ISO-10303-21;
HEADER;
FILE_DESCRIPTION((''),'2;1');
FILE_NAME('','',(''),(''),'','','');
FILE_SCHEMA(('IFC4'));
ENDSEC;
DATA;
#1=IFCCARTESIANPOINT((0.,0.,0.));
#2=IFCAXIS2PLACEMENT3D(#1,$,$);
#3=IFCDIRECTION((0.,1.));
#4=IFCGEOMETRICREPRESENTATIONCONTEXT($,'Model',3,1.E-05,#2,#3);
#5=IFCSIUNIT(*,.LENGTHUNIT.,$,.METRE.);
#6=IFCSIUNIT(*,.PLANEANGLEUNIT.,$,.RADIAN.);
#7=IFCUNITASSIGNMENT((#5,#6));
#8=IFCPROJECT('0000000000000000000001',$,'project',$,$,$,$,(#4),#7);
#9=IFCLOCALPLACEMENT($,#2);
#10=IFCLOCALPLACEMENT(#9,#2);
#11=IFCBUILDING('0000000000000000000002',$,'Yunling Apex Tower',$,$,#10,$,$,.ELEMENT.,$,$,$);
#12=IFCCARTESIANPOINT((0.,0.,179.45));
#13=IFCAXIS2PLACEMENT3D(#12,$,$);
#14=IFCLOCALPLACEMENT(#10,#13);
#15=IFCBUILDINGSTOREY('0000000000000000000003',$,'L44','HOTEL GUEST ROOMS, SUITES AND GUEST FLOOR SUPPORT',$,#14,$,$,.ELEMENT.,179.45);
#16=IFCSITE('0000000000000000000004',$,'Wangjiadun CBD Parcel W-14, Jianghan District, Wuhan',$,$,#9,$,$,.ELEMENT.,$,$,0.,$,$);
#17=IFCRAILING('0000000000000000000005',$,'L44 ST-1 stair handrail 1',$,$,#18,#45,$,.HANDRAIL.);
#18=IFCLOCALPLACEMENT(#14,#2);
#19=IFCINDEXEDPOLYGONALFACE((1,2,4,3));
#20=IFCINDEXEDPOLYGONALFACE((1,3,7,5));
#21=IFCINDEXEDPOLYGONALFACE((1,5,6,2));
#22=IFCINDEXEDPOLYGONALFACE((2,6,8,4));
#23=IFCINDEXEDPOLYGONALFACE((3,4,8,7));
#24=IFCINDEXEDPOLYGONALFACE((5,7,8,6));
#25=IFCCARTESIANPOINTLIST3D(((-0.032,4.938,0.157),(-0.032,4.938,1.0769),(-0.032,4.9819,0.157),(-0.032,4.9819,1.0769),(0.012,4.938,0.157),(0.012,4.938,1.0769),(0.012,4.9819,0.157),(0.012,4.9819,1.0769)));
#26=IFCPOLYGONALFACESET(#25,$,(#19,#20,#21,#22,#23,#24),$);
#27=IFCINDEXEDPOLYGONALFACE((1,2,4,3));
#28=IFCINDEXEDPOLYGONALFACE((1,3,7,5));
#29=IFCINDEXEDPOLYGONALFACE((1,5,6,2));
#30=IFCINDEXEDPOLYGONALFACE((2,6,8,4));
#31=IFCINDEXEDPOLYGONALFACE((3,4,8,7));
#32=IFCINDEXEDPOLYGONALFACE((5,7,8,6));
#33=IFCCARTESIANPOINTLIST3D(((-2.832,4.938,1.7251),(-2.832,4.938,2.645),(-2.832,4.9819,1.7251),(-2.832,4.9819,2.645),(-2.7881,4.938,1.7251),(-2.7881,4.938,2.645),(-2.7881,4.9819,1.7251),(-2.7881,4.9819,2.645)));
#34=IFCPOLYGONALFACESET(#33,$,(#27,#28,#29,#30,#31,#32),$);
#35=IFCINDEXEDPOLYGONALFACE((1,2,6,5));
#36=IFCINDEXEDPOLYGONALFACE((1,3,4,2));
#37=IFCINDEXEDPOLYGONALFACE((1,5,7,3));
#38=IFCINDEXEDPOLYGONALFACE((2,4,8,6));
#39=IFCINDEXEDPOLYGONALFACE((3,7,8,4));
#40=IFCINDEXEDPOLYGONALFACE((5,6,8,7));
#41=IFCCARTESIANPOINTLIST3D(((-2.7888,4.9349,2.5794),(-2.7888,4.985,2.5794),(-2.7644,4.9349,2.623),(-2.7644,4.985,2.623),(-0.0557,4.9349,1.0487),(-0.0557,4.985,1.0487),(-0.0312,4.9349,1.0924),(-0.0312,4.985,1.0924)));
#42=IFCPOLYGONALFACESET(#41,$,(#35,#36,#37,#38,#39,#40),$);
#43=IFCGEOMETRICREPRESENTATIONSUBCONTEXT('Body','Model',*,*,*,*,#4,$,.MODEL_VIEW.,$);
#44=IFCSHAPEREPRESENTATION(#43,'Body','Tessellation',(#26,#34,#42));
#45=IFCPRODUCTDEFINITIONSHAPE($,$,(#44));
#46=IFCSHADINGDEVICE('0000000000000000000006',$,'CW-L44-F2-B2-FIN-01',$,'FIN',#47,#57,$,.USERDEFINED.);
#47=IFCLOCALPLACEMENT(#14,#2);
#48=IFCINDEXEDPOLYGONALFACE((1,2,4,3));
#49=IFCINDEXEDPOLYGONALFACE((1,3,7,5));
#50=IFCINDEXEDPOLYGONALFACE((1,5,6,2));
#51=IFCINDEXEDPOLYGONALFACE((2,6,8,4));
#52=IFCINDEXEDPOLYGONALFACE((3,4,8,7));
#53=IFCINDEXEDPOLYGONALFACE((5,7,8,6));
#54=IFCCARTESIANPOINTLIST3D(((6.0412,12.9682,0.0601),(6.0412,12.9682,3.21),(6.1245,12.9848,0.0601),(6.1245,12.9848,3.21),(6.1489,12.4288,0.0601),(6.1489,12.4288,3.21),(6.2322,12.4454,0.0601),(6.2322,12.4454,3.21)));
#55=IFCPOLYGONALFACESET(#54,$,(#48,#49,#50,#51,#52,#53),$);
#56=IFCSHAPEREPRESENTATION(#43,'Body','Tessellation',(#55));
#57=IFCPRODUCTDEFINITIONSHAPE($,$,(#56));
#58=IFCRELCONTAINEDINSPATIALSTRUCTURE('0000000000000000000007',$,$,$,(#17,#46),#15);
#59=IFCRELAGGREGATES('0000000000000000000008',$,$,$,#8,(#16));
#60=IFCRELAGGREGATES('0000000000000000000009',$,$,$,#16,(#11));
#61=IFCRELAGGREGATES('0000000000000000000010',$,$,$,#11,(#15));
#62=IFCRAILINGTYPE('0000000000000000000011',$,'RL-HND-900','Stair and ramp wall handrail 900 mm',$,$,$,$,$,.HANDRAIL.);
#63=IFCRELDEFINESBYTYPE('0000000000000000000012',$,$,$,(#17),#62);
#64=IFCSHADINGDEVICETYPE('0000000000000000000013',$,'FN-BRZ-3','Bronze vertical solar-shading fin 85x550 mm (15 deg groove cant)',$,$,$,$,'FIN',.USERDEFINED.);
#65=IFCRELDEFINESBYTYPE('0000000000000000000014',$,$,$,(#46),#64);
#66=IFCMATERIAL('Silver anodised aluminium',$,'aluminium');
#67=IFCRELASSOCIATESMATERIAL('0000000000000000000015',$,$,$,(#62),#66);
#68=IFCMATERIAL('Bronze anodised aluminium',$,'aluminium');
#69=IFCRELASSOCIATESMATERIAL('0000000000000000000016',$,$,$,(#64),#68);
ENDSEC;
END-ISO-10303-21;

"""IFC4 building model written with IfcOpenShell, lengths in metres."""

from ifc_helpers import new_model, si_unit, direction, frame, origin, origin_2d, place, context, subcontext, project, spatial, rectangle, extrude, source, transform, mapped, material, material_profile, profile_set, type_object, element, save


model = new_model("IFC4")

# Units and contexts
model_context = context("Model", 3, precision=1e-05, world=origin(), true_north=direction((0.0, 1.0)))
body_context = subcontext(model_context, "Body", "Model", "MODEL_VIEW")
ifc_project = project(units=[si_unit("LENGTHUNIT", "METRE"), si_unit("PLANEANGLEUNIT", "RADIAN")], contexts=[model_context])

# Site, building, storey
site_placement = place(None, origin())
site = spatial("IfcSite", under=ifc_project, at=site_placement, Name="Wangjiadun CBD Parcel W-14, Jianghan District, Wuhan", CompositionType="ELEMENT", RefElevation=0.0)
building_placement = place(site_placement, origin())
building = spatial("IfcBuilding", under=site, at=building_placement, Name="Yunling Apex Tower", CompositionType="ELEMENT")
storey_placement = place(building_placement, frame((0.0, 0.0, 179.45)))
storey = spatial("IfcBuildingStorey", under=building, at=storey_placement, Name="L44", Description="HOTEL GUEST ROOMS, SUITES AND GUEST FLOOR SUPPORT", CompositionType="ELEMENT", Elevation=179.45)

# Shared definitions
ifc_material_1 = material(Name="Bronze anodised aluminium", Category="aluminium")

# Railing
ifc_material_2 = material(Name="Silver anodised aluminium", Category="aluminium")
railing_type_1 = type_object("IfcRailingType", Name="RL-HND-900", Description="Stair and ramp wall handrail 900 mm", PredefinedType="HANDRAIL", material=ifc_material_2)
railing_1_placement = place(storey_placement, frame((-0.01, 4.96, 0.157)))
element("IfcRailing", 1, at=railing_1_placement, inside=storey, type_object=railing_type_1, Name="L44 ST-1 stair handrail 1", PredefinedType="HANDRAIL", context=body_context, shape_type="SweptSolid", body=[
    extrude(rectangle(XDim=0.0439, YDim=0.0439, at=origin_2d()), origin(), (0.0, 0.0, 1.0), 0.9199),
    extrude(rectangle(XDim=0.0439, YDim=0.0439, at=origin_2d()), frame((-2.8, 0.0, 1.5681)), (0.0, 0.0, 1.0), 0.9199),
    extrude(rectangle(XDim=0.05, YDim=0.05, at=origin_2d()), frame((-0.0334, 0.0, 0.9136), z_axis=(-0.872494, 0.0, 0.488624), x_axis=(0.0, -1.0, 0.0)), (0.0, 0.0, 1.0), 3.1326),
])

# Shading device
ifc_material_profile_1 = material_profile(ifc_material_1, rectangle(XDim=0.085, YDim=0.55, at=origin_2d()))
ifc_profile_set_1 = profile_set([ifc_material_profile_1], Name="Bronze anodised aluminium")
shading_device_type = type_object("IfcShadingDeviceType", Name="FN-BRZ-3", Description="Bronze vertical solar-shading fin 85x550 mm (15 deg groove cant)", ElementType="FIN", PredefinedType="USERDEFINED", material=ifc_profile_set_1)
shared_shape_1 = source(origin(), body_context, "Body", "SweptSolid", [
    extrude(rectangle(XDim=0.085, YDim=0.55, at=origin_2d()), origin(), (0.0, 0.0, 1.0), 3.1499),
])
shading_device_placement = place(storey_placement, frame((6.1367, 12.7068, 0.0601), z_axis=(0.0, 0.0, 1.0), x_axis=(-0.980649, -0.195775, 0.0)))
element("IfcShadingDevice", 2, at=shading_device_placement, inside=storey, type_object=shading_device_type, Name="CW-L44-F2-B2-FIN-01", ObjectType="FIN", PredefinedType="USERDEFINED", context=body_context, shape_type="MappedRepresentation", body=[
    mapped(shared_shape_1, transform((0.0, 0.0, 0.0), scale=1.0)),
])

save(model, "model.ifc")
